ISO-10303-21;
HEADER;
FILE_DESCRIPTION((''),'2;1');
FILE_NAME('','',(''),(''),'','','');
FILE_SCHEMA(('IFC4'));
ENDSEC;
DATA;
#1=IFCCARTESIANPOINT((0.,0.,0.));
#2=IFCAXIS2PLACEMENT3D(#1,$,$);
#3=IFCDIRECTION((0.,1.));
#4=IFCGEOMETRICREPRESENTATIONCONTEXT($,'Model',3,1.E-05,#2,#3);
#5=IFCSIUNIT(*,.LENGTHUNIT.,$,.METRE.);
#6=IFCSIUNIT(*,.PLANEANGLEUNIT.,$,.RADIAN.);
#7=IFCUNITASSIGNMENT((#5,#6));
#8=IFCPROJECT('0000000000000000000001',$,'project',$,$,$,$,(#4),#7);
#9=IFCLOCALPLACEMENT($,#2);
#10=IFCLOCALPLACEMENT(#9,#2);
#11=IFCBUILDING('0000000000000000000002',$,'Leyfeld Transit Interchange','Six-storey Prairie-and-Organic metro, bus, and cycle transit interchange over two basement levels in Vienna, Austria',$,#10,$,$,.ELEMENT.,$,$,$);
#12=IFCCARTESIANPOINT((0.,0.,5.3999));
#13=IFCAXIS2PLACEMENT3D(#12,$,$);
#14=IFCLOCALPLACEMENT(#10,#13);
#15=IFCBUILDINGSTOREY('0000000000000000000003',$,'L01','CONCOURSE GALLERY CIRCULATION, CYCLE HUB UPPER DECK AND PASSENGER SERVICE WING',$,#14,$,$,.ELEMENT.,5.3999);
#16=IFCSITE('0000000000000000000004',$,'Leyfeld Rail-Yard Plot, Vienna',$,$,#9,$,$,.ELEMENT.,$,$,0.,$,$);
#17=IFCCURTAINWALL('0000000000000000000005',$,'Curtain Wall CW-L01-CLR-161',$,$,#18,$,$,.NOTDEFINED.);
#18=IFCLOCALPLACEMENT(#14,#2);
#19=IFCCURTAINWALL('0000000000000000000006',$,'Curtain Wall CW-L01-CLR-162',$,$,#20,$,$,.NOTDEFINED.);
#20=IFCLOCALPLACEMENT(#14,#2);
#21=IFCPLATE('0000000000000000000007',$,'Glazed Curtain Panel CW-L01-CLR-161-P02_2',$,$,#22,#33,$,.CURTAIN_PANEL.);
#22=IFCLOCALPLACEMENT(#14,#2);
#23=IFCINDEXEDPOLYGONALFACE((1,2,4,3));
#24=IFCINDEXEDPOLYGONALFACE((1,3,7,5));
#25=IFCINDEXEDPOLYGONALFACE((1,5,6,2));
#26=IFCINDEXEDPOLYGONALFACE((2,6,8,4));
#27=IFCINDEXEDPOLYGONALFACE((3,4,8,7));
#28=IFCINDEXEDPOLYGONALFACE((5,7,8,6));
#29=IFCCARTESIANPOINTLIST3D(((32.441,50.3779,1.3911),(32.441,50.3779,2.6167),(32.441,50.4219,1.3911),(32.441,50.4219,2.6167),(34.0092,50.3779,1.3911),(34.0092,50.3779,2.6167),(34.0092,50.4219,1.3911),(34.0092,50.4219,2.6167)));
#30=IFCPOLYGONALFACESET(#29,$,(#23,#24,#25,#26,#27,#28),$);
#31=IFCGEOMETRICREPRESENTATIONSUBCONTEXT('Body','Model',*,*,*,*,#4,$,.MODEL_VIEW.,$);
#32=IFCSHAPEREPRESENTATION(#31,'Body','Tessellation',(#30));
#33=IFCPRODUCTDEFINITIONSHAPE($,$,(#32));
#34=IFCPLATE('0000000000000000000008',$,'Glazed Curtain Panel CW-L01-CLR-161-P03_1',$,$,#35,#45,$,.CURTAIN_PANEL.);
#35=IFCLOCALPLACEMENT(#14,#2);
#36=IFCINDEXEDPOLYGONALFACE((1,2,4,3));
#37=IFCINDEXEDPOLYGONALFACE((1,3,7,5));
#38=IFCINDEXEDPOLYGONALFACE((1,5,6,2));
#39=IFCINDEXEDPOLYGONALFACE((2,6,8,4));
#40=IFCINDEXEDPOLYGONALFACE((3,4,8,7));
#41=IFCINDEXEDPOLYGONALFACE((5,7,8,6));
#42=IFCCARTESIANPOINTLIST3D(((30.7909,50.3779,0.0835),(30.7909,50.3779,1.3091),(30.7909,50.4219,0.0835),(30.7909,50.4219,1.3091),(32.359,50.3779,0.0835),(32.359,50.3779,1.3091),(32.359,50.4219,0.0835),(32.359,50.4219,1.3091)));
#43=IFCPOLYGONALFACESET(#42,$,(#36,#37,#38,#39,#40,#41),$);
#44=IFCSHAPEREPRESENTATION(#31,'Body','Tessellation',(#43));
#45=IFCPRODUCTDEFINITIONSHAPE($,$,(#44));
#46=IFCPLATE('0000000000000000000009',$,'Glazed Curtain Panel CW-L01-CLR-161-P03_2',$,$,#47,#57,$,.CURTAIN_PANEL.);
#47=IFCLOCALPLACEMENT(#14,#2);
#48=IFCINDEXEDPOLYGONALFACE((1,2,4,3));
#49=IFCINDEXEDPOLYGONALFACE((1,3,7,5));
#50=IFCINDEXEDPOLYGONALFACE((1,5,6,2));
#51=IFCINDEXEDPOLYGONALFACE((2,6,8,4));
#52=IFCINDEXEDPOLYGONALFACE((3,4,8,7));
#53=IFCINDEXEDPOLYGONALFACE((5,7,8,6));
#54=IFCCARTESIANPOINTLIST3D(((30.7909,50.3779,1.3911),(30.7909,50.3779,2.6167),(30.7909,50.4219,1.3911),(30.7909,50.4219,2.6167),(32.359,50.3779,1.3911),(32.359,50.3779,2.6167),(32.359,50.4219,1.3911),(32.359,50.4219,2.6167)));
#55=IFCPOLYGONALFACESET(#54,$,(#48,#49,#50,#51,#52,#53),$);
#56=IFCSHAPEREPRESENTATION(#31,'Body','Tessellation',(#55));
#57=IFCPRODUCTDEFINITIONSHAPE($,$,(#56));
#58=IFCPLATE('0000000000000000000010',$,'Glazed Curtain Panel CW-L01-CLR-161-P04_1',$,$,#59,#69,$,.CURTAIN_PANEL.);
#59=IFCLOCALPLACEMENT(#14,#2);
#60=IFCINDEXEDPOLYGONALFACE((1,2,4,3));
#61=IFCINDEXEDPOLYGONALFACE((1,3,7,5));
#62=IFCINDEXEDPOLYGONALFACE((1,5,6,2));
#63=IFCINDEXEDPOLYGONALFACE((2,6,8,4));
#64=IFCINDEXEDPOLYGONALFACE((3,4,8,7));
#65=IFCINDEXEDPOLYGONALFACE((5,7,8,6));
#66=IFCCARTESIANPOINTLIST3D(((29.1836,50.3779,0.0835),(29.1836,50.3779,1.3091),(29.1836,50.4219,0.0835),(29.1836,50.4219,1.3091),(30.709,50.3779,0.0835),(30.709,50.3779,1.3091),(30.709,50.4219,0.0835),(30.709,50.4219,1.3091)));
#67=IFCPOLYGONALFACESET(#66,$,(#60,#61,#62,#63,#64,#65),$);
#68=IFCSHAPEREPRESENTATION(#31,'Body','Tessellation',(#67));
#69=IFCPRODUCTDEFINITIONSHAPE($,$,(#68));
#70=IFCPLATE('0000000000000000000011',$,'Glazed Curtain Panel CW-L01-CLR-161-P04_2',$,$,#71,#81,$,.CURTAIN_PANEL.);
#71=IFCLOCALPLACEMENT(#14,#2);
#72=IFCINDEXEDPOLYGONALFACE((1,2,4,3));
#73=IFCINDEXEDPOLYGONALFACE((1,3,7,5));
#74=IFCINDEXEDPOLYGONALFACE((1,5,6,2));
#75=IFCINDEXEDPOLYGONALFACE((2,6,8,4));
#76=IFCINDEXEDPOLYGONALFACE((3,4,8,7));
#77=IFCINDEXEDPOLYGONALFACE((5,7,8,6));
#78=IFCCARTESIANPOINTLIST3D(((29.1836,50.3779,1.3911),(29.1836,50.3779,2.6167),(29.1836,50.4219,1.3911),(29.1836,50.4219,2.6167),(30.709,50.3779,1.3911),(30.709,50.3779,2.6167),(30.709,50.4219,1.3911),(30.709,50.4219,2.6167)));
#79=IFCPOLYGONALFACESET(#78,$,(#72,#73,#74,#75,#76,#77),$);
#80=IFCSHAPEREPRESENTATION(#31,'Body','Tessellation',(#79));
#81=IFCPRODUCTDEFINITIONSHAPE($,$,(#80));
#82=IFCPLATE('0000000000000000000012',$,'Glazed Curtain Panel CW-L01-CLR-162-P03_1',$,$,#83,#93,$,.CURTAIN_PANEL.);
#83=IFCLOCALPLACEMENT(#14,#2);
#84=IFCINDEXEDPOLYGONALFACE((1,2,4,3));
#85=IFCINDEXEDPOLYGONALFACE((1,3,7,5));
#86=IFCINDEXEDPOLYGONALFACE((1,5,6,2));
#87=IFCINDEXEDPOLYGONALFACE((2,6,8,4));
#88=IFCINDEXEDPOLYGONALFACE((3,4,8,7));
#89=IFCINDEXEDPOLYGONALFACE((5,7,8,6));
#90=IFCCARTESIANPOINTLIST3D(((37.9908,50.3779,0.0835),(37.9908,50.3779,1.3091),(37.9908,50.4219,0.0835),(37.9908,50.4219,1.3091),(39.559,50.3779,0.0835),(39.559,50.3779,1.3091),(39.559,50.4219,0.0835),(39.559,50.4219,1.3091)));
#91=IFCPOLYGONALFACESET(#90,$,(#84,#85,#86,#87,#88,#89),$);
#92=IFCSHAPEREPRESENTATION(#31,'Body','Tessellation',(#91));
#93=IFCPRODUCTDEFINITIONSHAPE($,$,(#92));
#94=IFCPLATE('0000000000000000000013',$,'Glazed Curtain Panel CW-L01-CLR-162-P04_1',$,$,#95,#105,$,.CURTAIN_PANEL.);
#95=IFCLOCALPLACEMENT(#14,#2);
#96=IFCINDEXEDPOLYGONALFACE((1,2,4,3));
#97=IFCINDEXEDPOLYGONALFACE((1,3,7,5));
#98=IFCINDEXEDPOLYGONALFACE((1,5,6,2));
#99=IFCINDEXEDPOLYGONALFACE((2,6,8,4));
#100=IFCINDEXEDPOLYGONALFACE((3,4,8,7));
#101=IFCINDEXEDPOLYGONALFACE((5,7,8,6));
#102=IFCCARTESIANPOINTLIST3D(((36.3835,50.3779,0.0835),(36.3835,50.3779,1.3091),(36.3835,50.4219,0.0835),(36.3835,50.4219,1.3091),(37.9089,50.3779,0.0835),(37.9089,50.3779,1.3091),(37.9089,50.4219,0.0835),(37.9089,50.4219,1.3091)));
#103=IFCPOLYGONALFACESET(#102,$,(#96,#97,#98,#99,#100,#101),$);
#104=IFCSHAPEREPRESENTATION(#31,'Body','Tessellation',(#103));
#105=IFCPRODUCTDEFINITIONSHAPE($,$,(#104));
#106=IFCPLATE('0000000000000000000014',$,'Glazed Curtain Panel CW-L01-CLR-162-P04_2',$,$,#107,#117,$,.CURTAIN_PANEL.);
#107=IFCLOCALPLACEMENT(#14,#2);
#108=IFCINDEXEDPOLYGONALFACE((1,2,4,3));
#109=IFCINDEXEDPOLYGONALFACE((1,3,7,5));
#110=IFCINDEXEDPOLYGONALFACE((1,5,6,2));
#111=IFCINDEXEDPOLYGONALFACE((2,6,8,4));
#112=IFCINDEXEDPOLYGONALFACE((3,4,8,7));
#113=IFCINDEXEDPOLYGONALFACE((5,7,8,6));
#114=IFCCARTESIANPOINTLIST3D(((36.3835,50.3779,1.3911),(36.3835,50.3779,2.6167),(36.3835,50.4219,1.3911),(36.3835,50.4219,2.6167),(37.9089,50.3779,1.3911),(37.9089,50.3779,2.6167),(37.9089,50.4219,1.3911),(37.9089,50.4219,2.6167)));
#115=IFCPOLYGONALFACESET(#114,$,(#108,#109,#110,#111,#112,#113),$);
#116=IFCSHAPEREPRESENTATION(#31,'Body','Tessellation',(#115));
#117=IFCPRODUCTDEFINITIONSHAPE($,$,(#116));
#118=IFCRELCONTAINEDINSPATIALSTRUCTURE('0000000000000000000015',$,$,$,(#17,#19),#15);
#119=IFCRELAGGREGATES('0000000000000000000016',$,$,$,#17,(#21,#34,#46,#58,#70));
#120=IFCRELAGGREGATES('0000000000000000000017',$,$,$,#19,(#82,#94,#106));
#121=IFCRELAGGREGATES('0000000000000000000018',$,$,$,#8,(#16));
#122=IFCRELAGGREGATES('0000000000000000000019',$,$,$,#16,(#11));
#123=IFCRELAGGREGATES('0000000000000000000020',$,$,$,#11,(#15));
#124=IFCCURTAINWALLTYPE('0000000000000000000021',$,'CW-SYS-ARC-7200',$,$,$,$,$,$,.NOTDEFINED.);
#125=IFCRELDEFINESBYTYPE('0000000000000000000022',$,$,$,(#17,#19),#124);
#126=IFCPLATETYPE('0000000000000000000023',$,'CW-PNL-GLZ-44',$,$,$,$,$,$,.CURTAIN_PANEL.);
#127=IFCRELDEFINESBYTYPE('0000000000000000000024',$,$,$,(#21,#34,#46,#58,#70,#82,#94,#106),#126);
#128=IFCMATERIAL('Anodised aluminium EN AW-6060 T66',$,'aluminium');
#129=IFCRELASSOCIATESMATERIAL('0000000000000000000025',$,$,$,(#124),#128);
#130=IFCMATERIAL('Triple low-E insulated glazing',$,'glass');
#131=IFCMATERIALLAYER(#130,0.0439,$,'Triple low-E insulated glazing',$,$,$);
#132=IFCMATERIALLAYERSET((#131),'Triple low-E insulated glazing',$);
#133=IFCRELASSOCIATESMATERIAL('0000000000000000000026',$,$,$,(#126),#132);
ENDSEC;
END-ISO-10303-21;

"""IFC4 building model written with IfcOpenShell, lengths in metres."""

from ifc_helpers import new_model, si_unit, direction, frame, origin, origin_2d, place, context, subcontext, project, spatial, rectangle, extrude, material, layer, layer_set, type_object, element, aggregate, save


model = new_model("IFC4")

# Units and contexts
model_context = context("Model", 3, precision=1e-05, world=origin(), true_north=direction((0.0, 1.0)))
body_context = subcontext(model_context, "Body", "Model", "MODEL_VIEW")
ifc_project = project(units=[si_unit("LENGTHUNIT", "METRE"), si_unit("PLANEANGLEUNIT", "RADIAN")], contexts=[model_context])

# Site, building, storey
site_placement = place(None, origin())
site = spatial("IfcSite", under=ifc_project, at=site_placement, Name="Leyfeld Rail-Yard Plot, Vienna", CompositionType="ELEMENT", RefElevation=0.0)
building_placement = place(site_placement, origin())
building = spatial("IfcBuilding", under=site, at=building_placement, Name="Leyfeld Transit Interchange", Description="Six-storey Prairie-and-Organic metro, bus, and cycle transit interchange over two basement levels in Vienna, Austria", CompositionType="ELEMENT")
storey_placement = place(building_placement, frame((0.0, 0.0, 5.3999)))
storey = spatial("IfcBuildingStorey", under=building, at=storey_placement, Name="L01", Description="CONCOURSE GALLERY CIRCULATION, CYCLE HUB UPPER DECK AND PASSENGER SERVICE WING", CompositionType="ELEMENT", Elevation=5.3999)

# Curtain walls
ifc_material_1 = material(Name="Anodised aluminium EN AW-6060 T66", Category="aluminium")
curtain_wall_type = type_object("IfcCurtainWallType", Name="CW-SYS-ARC-7200", PredefinedType="NOTDEFINED", material=ifc_material_1)
curtain_wall_1_placement = place(storey_placement, origin())
curtain_wall_1 = element("IfcCurtainWall", 1, at=curtain_wall_1_placement, inside=storey, type_object=curtain_wall_type, Name="Curtain Wall CW-L01-CLR-161", PredefinedType="NOTDEFINED")
curtain_wall_2_placement = place(storey_placement, origin())
curtain_wall_2 = element("IfcCurtainWall", 2, at=curtain_wall_2_placement, inside=storey, type_object=curtain_wall_type, Name="Curtain Wall CW-L01-CLR-162", PredefinedType="NOTDEFINED")

# Plates
ifc_material_2 = material(Name="Triple low-E insulated glazing", Category="glass")
ifc_layer = layer(ifc_material_2, 0.0439, Name="Triple low-E insulated glazing")
ifc_layer_set = layer_set([ifc_layer], Name="Triple low-E insulated glazing")
plate_type = type_object("IfcPlateType", Name="CW-PNL-GLZ-44", PredefinedType="CURTAIN_PANEL", material=ifc_layer_set)
plate_1_placement = place(storey_placement, frame((33.2251, 50.3999, 1.3911), z_axis=(0.0, 0.0, 1.0), x_axis=(-1.0, 0.0, 0.0)))
plate_1 = element("IfcPlate", 3, at=plate_1_placement, type_object=plate_type, Name="Glazed Curtain Panel CW-L01-CLR-161-P02_2", PredefinedType="CURTAIN_PANEL", context=body_context, shape_type="SweptSolid", body=[
    extrude(rectangle(XDim=1.5681, YDim=0.0439, at=origin_2d()), origin(), (0.0, 0.0, 1.0), 1.2256),
])
plate_2_placement = place(storey_placement, frame((31.575, 50.3999, 0.0835), z_axis=(0.0, 0.0, 1.0), x_axis=(-1.0, 0.0, 0.0)))
plate_2 = element("IfcPlate", 4, at=plate_2_placement, type_object=plate_type, Name="Glazed Curtain Panel CW-L01-CLR-161-P03_1", PredefinedType="CURTAIN_PANEL", context=body_context, shape_type="SweptSolid", body=[
    extrude(rectangle(XDim=1.5681, YDim=0.0439, at=origin_2d()), origin(), (0.0, 0.0, 1.0), 1.2256),
])
plate_3_placement = place(storey_placement, frame((31.575, 50.3999, 1.3911), z_axis=(0.0, 0.0, 1.0), x_axis=(-1.0, 0.0, 0.0)))
plate_3 = element("IfcPlate", 5, at=plate_3_placement, type_object=plate_type, Name="Glazed Curtain Panel CW-L01-CLR-161-P03_2", PredefinedType="CURTAIN_PANEL", context=body_context, shape_type="SweptSolid", body=[
    extrude(rectangle(XDim=1.5681, YDim=0.0439, at=origin_2d()), origin(), (0.0, 0.0, 1.0), 1.2256),
])
plate_4_placement = place(storey_placement, frame((29.9463, 50.3999, 0.0835), z_axis=(0.0, 0.0, 1.0), x_axis=(-1.0, 0.0, 0.0)))
plate_4 = element("IfcPlate", 6, at=plate_4_placement, type_object=plate_type, Name="Glazed Curtain Panel CW-L01-CLR-161-P04_1", PredefinedType="CURTAIN_PANEL", context=body_context, shape_type="SweptSolid", body=[
    extrude(rectangle(XDim=1.5254, YDim=0.0439, at=origin_2d()), origin(), (0.0, 0.0, 1.0), 1.2256),
])
plate_5_placement = place(storey_placement, frame((29.9463, 50.3999, 1.3911), z_axis=(0.0, 0.0, 1.0), x_axis=(-1.0, 0.0, 0.0)))
plate_5 = element("IfcPlate", 7, at=plate_5_placement, type_object=plate_type, Name="Glazed Curtain Panel CW-L01-CLR-161-P04_2", PredefinedType="CURTAIN_PANEL", context=body_context, shape_type="SweptSolid", body=[
    extrude(rectangle(XDim=1.5254, YDim=0.0439, at=origin_2d()), origin(), (0.0, 0.0, 1.0), 1.2256),
])
aggregate(curtain_wall_1, [plate_1, plate_2, plate_3, plate_4, plate_5])
plate_6_placement = place(storey_placement, frame((38.7749, 50.3999, 0.0835), z_axis=(0.0, 0.0, 1.0), x_axis=(-1.0, 0.0, 0.0)))
plate_6 = element("IfcPlate", 8, at=plate_6_placement, type_object=plate_type, Name="Glazed Curtain Panel CW-L01-CLR-162-P03_1", PredefinedType="CURTAIN_PANEL", context=body_context, shape_type="SweptSolid", body=[
    extrude(rectangle(XDim=1.5681, YDim=0.0439, at=origin_2d()), origin(), (0.0, 0.0, 1.0), 1.2256),
])
plate_7_placement = place(storey_placement, frame((37.1462, 50.3999, 0.0835), z_axis=(0.0, 0.0, 1.0), x_axis=(-1.0, 0.0, 0.0)))
plate_7 = element("IfcPlate", 9, at=plate_7_placement, type_object=plate_type, Name="Glazed Curtain Panel CW-L01-CLR-162-P04_1", PredefinedType="CURTAIN_PANEL", context=body_context, shape_type="SweptSolid", body=[
    extrude(rectangle(XDim=1.5254, YDim=0.0439, at=origin_2d()), origin(), (0.0, 0.0, 1.0), 1.2256),
])
plate_8_placement = place(storey_placement, frame((37.1462, 50.3999, 1.3911), z_axis=(0.0, 0.0, 1.0), x_axis=(-1.0, 0.0, 0.0)))
plate_8 = element("IfcPlate", 10, at=plate_8_placement, type_object=plate_type, Name="Glazed Curtain Panel CW-L01-CLR-162-P04_2", PredefinedType="CURTAIN_PANEL", context=body_context, shape_type="SweptSolid", body=[
    extrude(rectangle(XDim=1.5254, YDim=0.0439, at=origin_2d()), origin(), (0.0, 0.0, 1.0), 1.2256),
])
aggregate(curtain_wall_2, [plate_6, plate_7, plate_8])

save(model, "model.ifc")
